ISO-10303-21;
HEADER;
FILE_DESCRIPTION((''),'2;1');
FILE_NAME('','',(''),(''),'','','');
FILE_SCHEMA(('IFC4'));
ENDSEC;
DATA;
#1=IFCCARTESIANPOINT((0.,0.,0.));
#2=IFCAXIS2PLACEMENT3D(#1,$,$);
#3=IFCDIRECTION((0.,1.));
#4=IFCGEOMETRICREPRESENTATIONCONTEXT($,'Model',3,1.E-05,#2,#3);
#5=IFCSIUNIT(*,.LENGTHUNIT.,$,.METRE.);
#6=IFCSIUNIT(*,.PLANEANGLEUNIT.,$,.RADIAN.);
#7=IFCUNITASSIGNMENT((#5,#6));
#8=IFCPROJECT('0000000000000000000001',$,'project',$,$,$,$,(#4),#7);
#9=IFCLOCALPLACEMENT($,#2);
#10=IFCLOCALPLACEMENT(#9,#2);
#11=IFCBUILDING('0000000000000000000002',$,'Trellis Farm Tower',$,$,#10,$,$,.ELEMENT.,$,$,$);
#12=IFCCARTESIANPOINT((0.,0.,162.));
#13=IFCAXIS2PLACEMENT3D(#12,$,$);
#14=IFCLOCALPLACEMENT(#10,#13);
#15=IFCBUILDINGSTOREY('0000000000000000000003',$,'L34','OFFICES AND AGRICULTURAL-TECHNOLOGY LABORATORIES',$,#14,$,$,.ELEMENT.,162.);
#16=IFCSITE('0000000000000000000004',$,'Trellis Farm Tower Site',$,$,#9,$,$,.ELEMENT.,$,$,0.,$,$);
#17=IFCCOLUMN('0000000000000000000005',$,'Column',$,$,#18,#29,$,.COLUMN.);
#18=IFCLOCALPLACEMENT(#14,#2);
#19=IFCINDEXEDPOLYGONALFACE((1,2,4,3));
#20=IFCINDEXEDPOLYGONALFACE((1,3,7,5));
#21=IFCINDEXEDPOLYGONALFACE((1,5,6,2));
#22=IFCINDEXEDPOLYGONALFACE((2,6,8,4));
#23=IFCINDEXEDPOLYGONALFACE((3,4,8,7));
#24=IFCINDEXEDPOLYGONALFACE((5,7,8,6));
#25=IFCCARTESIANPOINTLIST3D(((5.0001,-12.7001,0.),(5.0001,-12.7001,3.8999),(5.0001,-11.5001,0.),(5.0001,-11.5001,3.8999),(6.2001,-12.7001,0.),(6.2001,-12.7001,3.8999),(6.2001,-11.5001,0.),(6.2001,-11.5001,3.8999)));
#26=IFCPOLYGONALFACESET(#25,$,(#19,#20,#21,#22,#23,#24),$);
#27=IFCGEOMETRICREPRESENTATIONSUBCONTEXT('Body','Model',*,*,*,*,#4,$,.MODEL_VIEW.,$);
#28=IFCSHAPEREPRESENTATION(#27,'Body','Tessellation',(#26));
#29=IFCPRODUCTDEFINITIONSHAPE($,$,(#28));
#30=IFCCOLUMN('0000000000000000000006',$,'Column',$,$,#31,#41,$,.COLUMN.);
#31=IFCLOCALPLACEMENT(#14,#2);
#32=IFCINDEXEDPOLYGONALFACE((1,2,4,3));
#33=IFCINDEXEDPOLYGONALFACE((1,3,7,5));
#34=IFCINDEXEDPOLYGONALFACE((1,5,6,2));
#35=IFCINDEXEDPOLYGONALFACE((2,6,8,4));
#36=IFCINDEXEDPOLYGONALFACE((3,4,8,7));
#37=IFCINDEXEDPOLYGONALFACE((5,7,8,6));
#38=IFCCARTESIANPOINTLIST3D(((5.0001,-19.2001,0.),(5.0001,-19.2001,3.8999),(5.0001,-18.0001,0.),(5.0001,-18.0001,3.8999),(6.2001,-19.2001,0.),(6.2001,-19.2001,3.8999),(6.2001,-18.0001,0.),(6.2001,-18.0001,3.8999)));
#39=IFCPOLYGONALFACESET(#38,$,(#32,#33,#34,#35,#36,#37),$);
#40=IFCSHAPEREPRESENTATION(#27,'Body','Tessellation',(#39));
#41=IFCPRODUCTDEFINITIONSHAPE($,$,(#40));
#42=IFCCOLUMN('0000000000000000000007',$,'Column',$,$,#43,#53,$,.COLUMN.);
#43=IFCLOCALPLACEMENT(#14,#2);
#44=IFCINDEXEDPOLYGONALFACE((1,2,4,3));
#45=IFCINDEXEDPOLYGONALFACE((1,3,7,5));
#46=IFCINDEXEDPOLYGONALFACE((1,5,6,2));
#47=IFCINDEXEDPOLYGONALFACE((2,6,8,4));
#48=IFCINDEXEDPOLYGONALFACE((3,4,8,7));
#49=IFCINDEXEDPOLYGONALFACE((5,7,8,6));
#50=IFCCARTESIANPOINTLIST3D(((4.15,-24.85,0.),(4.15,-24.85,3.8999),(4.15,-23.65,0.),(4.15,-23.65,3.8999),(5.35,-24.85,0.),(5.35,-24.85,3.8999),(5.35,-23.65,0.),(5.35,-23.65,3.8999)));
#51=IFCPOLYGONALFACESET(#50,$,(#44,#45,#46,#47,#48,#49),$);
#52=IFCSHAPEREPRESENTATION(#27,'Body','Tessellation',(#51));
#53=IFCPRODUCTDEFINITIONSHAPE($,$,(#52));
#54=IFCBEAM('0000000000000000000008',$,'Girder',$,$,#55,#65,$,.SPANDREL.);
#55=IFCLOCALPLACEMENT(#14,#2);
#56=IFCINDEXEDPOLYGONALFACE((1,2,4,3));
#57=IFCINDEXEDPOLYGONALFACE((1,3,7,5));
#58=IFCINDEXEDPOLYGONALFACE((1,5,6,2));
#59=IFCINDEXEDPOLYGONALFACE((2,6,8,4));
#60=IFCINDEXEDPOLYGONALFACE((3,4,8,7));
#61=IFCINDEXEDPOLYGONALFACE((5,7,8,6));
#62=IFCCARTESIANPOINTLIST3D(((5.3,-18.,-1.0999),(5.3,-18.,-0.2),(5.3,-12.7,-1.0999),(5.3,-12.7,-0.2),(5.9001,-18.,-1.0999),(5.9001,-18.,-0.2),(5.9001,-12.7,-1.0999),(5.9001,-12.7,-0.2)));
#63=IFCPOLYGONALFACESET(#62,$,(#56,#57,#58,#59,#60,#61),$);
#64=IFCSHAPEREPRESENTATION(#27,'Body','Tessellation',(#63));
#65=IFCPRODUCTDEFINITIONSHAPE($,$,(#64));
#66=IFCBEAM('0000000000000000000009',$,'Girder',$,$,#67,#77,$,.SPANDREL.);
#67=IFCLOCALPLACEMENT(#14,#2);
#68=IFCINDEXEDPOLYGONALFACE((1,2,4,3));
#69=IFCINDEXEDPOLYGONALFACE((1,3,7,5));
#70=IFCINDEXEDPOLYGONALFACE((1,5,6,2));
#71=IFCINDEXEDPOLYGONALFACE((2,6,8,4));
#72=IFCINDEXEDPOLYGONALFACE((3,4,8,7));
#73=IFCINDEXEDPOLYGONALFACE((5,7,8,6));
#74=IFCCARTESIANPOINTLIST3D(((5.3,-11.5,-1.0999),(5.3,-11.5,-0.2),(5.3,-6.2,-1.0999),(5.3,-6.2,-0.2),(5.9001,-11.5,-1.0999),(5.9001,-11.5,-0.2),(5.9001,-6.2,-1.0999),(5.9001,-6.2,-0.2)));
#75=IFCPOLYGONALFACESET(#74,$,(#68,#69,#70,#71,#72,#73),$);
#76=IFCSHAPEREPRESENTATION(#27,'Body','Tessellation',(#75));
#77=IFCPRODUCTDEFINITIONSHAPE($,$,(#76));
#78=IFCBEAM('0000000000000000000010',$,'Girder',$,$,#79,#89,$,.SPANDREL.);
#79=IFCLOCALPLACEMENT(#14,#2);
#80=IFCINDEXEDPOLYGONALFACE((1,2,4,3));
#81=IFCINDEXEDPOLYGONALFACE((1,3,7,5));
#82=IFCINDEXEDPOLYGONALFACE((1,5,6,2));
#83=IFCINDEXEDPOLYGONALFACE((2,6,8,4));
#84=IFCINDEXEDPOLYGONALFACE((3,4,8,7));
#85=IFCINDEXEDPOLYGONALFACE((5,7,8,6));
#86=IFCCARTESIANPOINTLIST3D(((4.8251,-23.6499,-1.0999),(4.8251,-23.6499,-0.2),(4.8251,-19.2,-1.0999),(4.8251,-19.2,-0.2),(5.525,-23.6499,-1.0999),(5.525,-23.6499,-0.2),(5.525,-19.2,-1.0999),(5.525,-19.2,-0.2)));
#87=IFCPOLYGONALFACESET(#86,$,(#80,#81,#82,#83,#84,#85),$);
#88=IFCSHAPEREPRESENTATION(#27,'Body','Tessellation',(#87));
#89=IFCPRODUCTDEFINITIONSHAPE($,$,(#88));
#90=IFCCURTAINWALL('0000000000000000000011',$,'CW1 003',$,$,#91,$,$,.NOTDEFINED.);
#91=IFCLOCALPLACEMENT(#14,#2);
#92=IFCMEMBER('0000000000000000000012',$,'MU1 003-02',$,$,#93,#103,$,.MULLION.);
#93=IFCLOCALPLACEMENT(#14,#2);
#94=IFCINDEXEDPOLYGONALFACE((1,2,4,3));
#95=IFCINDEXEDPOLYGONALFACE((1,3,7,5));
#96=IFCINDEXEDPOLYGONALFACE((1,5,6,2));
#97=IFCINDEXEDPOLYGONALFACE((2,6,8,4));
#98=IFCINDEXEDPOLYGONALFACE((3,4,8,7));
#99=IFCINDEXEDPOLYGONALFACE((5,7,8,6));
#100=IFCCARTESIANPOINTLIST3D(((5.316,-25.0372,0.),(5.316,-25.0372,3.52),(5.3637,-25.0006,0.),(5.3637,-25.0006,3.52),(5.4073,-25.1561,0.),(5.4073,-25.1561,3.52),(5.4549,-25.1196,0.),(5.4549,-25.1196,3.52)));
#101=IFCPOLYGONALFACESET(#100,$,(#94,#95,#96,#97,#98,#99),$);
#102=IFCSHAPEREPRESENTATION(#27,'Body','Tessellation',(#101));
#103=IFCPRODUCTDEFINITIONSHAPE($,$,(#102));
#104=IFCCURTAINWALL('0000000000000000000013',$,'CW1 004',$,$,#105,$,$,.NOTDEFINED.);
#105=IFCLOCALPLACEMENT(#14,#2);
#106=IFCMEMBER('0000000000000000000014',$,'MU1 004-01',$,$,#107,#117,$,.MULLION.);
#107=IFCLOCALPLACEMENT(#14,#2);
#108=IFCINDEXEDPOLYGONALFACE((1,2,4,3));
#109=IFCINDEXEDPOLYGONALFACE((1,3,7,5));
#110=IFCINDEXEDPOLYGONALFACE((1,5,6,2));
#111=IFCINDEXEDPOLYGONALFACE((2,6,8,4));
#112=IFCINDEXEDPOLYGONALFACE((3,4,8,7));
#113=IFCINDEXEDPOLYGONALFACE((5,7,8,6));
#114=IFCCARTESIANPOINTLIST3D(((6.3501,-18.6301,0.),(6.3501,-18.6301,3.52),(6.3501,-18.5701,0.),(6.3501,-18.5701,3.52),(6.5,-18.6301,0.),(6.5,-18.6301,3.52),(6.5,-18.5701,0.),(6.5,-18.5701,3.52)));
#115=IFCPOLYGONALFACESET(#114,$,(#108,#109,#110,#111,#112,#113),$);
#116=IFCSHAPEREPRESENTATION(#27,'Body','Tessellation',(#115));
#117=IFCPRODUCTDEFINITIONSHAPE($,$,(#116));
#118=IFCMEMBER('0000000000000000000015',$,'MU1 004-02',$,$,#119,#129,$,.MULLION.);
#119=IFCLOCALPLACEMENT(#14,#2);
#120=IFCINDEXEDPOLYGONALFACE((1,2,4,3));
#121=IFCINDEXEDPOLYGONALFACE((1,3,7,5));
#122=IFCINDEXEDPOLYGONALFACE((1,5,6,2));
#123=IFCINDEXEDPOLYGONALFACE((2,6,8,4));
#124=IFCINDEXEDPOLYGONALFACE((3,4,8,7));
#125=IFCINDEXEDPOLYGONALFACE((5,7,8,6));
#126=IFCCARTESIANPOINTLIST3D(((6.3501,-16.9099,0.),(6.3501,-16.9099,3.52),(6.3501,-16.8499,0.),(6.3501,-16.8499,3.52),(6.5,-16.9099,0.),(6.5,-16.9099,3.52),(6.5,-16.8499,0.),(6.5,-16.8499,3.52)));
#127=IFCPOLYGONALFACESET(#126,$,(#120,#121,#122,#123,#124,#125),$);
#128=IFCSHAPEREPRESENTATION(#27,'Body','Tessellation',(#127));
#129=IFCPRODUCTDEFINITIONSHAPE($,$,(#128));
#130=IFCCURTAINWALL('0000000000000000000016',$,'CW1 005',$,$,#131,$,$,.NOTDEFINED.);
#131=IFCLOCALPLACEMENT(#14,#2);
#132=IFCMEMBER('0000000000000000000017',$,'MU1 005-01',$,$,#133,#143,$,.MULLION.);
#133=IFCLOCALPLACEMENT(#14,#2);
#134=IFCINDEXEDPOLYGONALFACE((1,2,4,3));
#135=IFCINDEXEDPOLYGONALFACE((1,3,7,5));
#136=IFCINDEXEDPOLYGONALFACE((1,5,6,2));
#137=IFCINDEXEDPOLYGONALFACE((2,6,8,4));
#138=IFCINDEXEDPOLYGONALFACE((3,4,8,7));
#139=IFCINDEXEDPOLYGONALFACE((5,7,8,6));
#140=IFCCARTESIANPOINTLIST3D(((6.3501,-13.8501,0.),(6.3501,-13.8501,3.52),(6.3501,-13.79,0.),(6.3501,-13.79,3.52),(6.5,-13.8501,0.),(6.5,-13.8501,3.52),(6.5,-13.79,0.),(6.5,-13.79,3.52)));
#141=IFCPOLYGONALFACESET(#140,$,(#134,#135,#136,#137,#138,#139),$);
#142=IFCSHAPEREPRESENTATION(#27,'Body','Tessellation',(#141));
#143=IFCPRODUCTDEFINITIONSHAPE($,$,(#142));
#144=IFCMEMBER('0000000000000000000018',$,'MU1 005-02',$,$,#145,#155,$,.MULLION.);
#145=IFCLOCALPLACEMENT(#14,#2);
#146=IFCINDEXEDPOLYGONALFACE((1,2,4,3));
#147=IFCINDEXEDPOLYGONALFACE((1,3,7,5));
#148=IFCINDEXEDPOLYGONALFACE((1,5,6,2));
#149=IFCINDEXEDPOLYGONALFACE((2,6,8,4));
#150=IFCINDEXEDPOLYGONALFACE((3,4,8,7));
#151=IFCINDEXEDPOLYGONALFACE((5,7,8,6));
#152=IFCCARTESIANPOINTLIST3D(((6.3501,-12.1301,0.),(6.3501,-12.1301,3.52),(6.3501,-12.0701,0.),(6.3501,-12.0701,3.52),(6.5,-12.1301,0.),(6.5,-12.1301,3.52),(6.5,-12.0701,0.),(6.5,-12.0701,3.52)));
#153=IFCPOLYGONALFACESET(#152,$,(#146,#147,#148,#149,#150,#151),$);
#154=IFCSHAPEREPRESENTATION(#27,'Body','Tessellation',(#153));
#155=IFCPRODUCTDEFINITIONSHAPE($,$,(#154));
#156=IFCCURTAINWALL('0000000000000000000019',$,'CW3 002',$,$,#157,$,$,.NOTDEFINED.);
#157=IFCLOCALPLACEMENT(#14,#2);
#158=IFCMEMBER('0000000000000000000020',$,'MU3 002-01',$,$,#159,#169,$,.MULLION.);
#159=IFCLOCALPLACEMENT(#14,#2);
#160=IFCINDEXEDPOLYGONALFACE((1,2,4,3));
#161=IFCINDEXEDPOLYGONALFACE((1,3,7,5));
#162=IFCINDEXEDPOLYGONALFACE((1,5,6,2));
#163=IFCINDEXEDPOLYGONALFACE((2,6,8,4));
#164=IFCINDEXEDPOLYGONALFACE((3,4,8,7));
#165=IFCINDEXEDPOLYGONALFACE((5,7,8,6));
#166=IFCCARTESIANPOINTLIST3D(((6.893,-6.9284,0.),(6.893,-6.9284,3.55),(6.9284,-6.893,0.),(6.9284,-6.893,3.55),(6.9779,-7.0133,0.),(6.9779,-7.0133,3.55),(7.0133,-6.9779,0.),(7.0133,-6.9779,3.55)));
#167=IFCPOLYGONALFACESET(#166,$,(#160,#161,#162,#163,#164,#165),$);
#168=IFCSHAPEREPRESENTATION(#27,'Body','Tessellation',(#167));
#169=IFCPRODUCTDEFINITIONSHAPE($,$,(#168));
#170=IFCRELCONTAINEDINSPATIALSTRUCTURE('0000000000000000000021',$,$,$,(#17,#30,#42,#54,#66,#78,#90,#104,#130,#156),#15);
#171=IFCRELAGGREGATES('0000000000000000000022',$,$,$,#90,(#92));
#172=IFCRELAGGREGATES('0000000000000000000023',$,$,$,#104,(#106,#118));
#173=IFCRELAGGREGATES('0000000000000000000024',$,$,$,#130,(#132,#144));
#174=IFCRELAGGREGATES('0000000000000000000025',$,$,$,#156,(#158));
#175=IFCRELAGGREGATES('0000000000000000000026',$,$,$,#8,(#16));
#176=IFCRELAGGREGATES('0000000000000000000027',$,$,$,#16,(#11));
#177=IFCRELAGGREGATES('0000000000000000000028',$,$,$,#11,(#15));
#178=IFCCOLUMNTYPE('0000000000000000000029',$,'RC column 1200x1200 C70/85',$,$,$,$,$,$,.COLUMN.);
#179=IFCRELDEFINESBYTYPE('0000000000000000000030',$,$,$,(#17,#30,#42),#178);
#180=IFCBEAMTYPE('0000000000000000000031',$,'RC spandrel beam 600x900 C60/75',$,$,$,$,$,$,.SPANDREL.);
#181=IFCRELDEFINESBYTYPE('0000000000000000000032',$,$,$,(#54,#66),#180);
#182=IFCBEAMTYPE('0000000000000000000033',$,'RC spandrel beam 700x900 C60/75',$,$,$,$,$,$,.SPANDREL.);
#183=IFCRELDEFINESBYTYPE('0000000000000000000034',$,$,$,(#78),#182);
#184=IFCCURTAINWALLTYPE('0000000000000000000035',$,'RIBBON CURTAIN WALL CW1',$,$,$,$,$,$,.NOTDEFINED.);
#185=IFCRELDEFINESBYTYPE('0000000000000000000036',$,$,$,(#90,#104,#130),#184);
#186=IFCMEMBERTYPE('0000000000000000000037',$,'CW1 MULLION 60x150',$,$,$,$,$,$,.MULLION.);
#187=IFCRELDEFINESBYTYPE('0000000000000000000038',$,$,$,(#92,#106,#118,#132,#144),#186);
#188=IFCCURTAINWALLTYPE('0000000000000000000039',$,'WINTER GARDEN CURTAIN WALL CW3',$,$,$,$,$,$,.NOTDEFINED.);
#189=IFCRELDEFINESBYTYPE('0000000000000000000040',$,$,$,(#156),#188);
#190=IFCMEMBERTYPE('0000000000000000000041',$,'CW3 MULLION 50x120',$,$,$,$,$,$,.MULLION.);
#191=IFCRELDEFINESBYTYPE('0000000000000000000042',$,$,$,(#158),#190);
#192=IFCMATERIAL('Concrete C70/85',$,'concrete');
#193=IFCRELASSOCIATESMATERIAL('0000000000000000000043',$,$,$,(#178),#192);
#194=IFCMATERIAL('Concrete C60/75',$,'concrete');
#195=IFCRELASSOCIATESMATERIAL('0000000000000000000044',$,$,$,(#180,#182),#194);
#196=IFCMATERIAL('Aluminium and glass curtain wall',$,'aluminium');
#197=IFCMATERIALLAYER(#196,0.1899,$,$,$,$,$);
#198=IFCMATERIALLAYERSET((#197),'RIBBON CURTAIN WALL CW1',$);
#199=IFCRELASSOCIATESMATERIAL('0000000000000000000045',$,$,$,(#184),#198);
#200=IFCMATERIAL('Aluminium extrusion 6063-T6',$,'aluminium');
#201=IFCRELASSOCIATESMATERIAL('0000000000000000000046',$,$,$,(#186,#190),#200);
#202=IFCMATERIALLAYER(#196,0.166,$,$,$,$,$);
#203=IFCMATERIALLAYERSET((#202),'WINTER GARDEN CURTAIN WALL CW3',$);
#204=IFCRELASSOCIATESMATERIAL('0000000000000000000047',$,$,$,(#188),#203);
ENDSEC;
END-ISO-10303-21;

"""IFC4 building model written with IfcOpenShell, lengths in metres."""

from ifc_helpers import new_model, si_unit, direction, frame, origin, origin_2d, place, context, subcontext, project, spatial, rectangle, extrude, source, transform, mapped, material, layer, layer_set, material_profile, profile_set, type_object, element, aggregate, save


model = new_model("IFC4")

# Units and contexts
model_context = context("Model", 3, precision=1e-05, world=origin(), true_north=direction((0.0, 1.0)))
body_context = subcontext(model_context, "Body", "Model", "MODEL_VIEW")
ifc_project = project(units=[si_unit("LENGTHUNIT", "METRE"), si_unit("PLANEANGLEUNIT", "RADIAN")], contexts=[model_context])

# Site, building, storey
site_placement = place(None, origin())
site = spatial("IfcSite", under=ifc_project, at=site_placement, Name="Trellis Farm Tower Site", CompositionType="ELEMENT", RefElevation=0.0)
building_placement = place(site_placement, origin())
building = spatial("IfcBuilding", under=site, at=building_placement, Name="Trellis Farm Tower", CompositionType="ELEMENT")
storey_placement = place(building_placement, frame((0.0, 0.0, 162.0)))
storey = spatial("IfcBuildingStorey", under=building, at=storey_placement, Name="L34", Description="OFFICES AND AGRICULTURAL-TECHNOLOGY LABORATORIES", CompositionType="ELEMENT", Elevation=162.0)

# Columns
ifc_material_1 = material(Name="Concrete C70/85", Category="concrete")
ifc_material_profile_1 = material_profile(ifc_material_1, rectangle(XDim=1.2, YDim=1.2, at=origin_2d()), Name="RC column 1200x1200 C70/85")
ifc_profile_set_1 = profile_set([ifc_material_profile_1], Name="Concrete C70/85")
column_type = type_object("IfcColumnType", Name="RC column 1200x1200 C70/85", PredefinedType="COLUMN", material=ifc_profile_set_1)
shared_shape_1 = source(origin(), body_context, "Body", "SweptSolid", [
    extrude(rectangle(XDim=1.2, YDim=1.2, at=origin_2d()), origin(), (0.0, 0.0, 1.0), 3.8999),
])
for number, where, z_axis, x_axis, name in (
    (1, (5.6001, -12.1001, 0.0), (0.0, 0.0, 1.0), (1.0, 0.0, 0.0), "Column"),
    (2, (5.6001, -18.6001, 0.0), (0.0, 0.0, 1.0), (1.0, 0.0, 0.0), "Column"),
    (3, (4.75, -24.25, 0.0), (0.0, 0.0, 1.0), (1.0, 0.0, 0.0), "Column"),
):
    element("IfcColumn", number, at=place(storey_placement, frame(where, z_axis=z_axis, x_axis=x_axis)), inside=storey, type_object=column_type, Name=name, PredefinedType="COLUMN", context=body_context, shape_type="MappedRepresentation", body=[
        mapped(shared_shape_1, transform((0.0, 0.0, 0.0))),
    ])

# Beams
ifc_material_2 = material(Name="Concrete C60/75", Category="concrete")
ifc_material_profile_2 = material_profile(ifc_material_2, rectangle(XDim=0.6001, YDim=0.8999, at=origin_2d()), Name="RC spandrel beam 600x900 C60/75")
ifc_profile_set_2 = profile_set([ifc_material_profile_2], Name="Concrete C60/75")
beam_type_1 = type_object("IfcBeamType", Name="RC spandrel beam 600x900 C60/75", PredefinedType="SPANDREL", material=ifc_profile_set_2)
shared_shape_2 = source(origin(), body_context, "Body", "SweptSolid", [
    extrude(rectangle(XDim=0.6001, YDim=0.8999, at=origin_2d()), origin(), (0.0, 0.0, 1.0), 5.3),
])
for number, where, z_axis, x_axis, name in (
    (4, (5.6001, -18.0, -0.6499), (0.0, 1.0, 0.0), (-1.0, 0.0, 0.0), "Girder"),
    (5, (5.6001, -11.5, -0.6499), (0.0, 1.0, 0.0), (-1.0, 0.0, 0.0), "Girder"),
):
    element("IfcBeam", number, at=place(storey_placement, frame(where, z_axis=z_axis, x_axis=x_axis)), inside=storey, type_object=beam_type_1, Name=name, PredefinedType="SPANDREL", context=body_context, shape_type="MappedRepresentation", body=[
        mapped(shared_shape_2, transform((0.0, 0.0, 0.0))),
    ])
ifc_material_profile_3 = material_profile(ifc_material_2, rectangle(XDim=0.7, YDim=0.8999, at=origin_2d()), Name="RC spandrel beam 700x900 C60/75")
ifc_profile_set_3 = profile_set([ifc_material_profile_3], Name="Concrete C60/75")
beam_type_2 = type_object("IfcBeamType", Name="RC spandrel beam 700x900 C60/75", PredefinedType="SPANDREL", material=ifc_profile_set_3)
shared_shape_3 = source(origin(), body_context, "Body", "SweptSolid", [
    extrude(rectangle(XDim=0.7, YDim=0.8999, at=origin_2d()), origin(), (0.0, 0.0, 1.0), 4.45),
])
beam_placement = place(storey_placement, frame((5.175, -23.6499, -0.6499), z_axis=(0.0, 1.0, 0.0), x_axis=(-1.0, 0.0, 0.0)))
element("IfcBeam", 6, at=beam_placement, inside=storey, type_object=beam_type_2, Name="Girder", PredefinedType="SPANDREL", context=body_context, shape_type="MappedRepresentation", body=[
    mapped(shared_shape_3, transform((0.0, 0.0, 0.0))),
])

# Curtain wall, member
ifc_material_3 = material(Name="Aluminium and glass curtain wall", Category="aluminium")
ifc_layer_1 = layer(ifc_material_3, 0.1899)
ifc_layer_set_1 = layer_set([ifc_layer_1], Name="RIBBON CURTAIN WALL CW1")
curtain_wall_type_1 = type_object("IfcCurtainWallType", Name="RIBBON CURTAIN WALL CW1", PredefinedType="NOTDEFINED", material=ifc_layer_set_1)
placement = place(storey_placement, origin())
curtain_wall_1 = element("IfcCurtainWall", 7, at=placement, inside=storey, type_object=curtain_wall_type_1, Name="CW1 003", PredefinedType="NOTDEFINED")
ifc_material_4 = material(Name="Aluminium extrusion 6063-T6", Category="aluminium")
ifc_material_profile_4 = material_profile(ifc_material_4, rectangle(XDim=0.0601, YDim=0.1499, at=origin_2d()), Name="MULLION 60x150")
ifc_profile_set_4 = profile_set([ifc_material_profile_4], Name="Aluminium extrusion 6063-T6")
member_type_1 = type_object("IfcMemberType", Name="CW1 MULLION 60x150", PredefinedType="MULLION", material=ifc_profile_set_4)
shared_shape_4 = source(origin(), body_context, "Body", "SweptSolid", [
    extrude(rectangle(XDim=0.0601, YDim=0.1499, at=origin_2d()), origin(), (0.0, 0.0, 1.0), 3.52),
])
member_1_placement = place(storey_placement, frame((5.3855, -25.0784, 0.0), z_axis=(0.0, 0.0, 1.0), x_axis=(0.793353, 0.608761, 0.0)))
member_1 = element("IfcMember", 8, at=member_1_placement, type_object=member_type_1, Name="MU1 003-02", PredefinedType="MULLION", context=body_context, shape_type="MappedRepresentation", body=[
    mapped(shared_shape_4, transform((0.0, 0.0, 0.0))),
])
aggregate(curtain_wall_1, [member_1])

# Curtain walls, members
curtain_wall_2 = element("IfcCurtainWall", 9, at=placement, inside=storey, type_object=curtain_wall_type_1, Name="CW1 004", PredefinedType="NOTDEFINED")
member_2_placement = place(storey_placement, frame((6.425, -18.6001, 0.0), z_axis=(0.0, 0.0, 1.0), x_axis=(0.0, 1.0, 0.0)))
member_2 = element("IfcMember", 10, at=member_2_placement, type_object=member_type_1, Name="MU1 004-01", PredefinedType="MULLION", context=body_context, shape_type="MappedRepresentation", body=[
    mapped(shared_shape_4, transform((0.0, 0.0, 0.0))),
])
member_3_placement = place(storey_placement, frame((6.425, -16.8799, 0.0), z_axis=(0.0, 0.0, 1.0), x_axis=(0.0, 1.0, 0.0)))
member_3 = element("IfcMember", 11, at=member_3_placement, type_object=member_type_1, Name="MU1 004-02", PredefinedType="MULLION", context=body_context, shape_type="MappedRepresentation", body=[
    mapped(shared_shape_4, transform((0.0, 0.0, 0.0))),
])
aggregate(curtain_wall_2, [member_2, member_3])
curtain_wall_3 = element("IfcCurtainWall", 12, at=placement, inside=storey, type_object=curtain_wall_type_1, Name="CW1 005", PredefinedType="NOTDEFINED")
member_4_placement = place(storey_placement, frame((6.425, -13.8201, 0.0), z_axis=(0.0, 0.0, 1.0), x_axis=(0.0, 1.0, 0.0)))
member_4 = element("IfcMember", 13, at=member_4_placement, type_object=member_type_1, Name="MU1 005-01", PredefinedType="MULLION", context=body_context, shape_type="MappedRepresentation", body=[
    mapped(shared_shape_4, transform((0.0, 0.0, 0.0))),
])
member_5_placement = place(storey_placement, frame((6.425, -12.1001, 0.0), z_axis=(0.0, 0.0, 1.0), x_axis=(0.0, 1.0, 0.0)))
member_5 = element("IfcMember", 14, at=member_5_placement, type_object=member_type_1, Name="MU1 005-02", PredefinedType="MULLION", context=body_context, shape_type="MappedRepresentation", body=[
    mapped(shared_shape_4, transform((0.0, 0.0, 0.0))),
])
aggregate(curtain_wall_3, [member_4, member_5])

# Curtain wall, member
ifc_layer_2 = layer(ifc_material_3, 0.166)
ifc_layer_set_2 = layer_set([ifc_layer_2], Name="WINTER GARDEN CURTAIN WALL CW3")
curtain_wall_type_2 = type_object("IfcCurtainWallType", Name="WINTER GARDEN CURTAIN WALL CW3", PredefinedType="NOTDEFINED", material=ifc_layer_set_2)
curtain_wall_4 = element("IfcCurtainWall", 15, at=placement, inside=storey, type_object=curtain_wall_type_2, Name="CW3 002", PredefinedType="NOTDEFINED")
ifc_material_profile_5 = material_profile(ifc_material_4, rectangle(XDim=0.05, YDim=0.1201, at=origin_2d()), Name="MULLION 50x120")
ifc_profile_set_5 = profile_set([ifc_material_profile_5], Name="Aluminium extrusion 6063-T6")
member_type_2 = type_object("IfcMemberType", Name="CW3 MULLION 50x120", PredefinedType="MULLION", material=ifc_profile_set_5)
shared_shape_5 = source(origin(), body_context, "Body", "SweptSolid", [
    extrude(rectangle(XDim=0.05, YDim=0.1201, at=origin_2d()), origin(), (0.0, 0.0, 1.0), 3.55),
])
member_6_placement = place(storey_placement, frame((6.9531, -6.9531, 0.0), z_axis=(0.0, 0.0, 1.0), x_axis=(0.707107, 0.707107, 0.0)))
member_6 = element("IfcMember", 16, at=member_6_placement, type_object=member_type_2, Name="MU3 002-01", PredefinedType="MULLION", context=body_context, shape_type="MappedRepresentation", body=[
    mapped(shared_shape_5, transform((0.0, 0.0, 0.0))),
])
aggregate(curtain_wall_4, [member_6])

save(model, "model.ifc")
